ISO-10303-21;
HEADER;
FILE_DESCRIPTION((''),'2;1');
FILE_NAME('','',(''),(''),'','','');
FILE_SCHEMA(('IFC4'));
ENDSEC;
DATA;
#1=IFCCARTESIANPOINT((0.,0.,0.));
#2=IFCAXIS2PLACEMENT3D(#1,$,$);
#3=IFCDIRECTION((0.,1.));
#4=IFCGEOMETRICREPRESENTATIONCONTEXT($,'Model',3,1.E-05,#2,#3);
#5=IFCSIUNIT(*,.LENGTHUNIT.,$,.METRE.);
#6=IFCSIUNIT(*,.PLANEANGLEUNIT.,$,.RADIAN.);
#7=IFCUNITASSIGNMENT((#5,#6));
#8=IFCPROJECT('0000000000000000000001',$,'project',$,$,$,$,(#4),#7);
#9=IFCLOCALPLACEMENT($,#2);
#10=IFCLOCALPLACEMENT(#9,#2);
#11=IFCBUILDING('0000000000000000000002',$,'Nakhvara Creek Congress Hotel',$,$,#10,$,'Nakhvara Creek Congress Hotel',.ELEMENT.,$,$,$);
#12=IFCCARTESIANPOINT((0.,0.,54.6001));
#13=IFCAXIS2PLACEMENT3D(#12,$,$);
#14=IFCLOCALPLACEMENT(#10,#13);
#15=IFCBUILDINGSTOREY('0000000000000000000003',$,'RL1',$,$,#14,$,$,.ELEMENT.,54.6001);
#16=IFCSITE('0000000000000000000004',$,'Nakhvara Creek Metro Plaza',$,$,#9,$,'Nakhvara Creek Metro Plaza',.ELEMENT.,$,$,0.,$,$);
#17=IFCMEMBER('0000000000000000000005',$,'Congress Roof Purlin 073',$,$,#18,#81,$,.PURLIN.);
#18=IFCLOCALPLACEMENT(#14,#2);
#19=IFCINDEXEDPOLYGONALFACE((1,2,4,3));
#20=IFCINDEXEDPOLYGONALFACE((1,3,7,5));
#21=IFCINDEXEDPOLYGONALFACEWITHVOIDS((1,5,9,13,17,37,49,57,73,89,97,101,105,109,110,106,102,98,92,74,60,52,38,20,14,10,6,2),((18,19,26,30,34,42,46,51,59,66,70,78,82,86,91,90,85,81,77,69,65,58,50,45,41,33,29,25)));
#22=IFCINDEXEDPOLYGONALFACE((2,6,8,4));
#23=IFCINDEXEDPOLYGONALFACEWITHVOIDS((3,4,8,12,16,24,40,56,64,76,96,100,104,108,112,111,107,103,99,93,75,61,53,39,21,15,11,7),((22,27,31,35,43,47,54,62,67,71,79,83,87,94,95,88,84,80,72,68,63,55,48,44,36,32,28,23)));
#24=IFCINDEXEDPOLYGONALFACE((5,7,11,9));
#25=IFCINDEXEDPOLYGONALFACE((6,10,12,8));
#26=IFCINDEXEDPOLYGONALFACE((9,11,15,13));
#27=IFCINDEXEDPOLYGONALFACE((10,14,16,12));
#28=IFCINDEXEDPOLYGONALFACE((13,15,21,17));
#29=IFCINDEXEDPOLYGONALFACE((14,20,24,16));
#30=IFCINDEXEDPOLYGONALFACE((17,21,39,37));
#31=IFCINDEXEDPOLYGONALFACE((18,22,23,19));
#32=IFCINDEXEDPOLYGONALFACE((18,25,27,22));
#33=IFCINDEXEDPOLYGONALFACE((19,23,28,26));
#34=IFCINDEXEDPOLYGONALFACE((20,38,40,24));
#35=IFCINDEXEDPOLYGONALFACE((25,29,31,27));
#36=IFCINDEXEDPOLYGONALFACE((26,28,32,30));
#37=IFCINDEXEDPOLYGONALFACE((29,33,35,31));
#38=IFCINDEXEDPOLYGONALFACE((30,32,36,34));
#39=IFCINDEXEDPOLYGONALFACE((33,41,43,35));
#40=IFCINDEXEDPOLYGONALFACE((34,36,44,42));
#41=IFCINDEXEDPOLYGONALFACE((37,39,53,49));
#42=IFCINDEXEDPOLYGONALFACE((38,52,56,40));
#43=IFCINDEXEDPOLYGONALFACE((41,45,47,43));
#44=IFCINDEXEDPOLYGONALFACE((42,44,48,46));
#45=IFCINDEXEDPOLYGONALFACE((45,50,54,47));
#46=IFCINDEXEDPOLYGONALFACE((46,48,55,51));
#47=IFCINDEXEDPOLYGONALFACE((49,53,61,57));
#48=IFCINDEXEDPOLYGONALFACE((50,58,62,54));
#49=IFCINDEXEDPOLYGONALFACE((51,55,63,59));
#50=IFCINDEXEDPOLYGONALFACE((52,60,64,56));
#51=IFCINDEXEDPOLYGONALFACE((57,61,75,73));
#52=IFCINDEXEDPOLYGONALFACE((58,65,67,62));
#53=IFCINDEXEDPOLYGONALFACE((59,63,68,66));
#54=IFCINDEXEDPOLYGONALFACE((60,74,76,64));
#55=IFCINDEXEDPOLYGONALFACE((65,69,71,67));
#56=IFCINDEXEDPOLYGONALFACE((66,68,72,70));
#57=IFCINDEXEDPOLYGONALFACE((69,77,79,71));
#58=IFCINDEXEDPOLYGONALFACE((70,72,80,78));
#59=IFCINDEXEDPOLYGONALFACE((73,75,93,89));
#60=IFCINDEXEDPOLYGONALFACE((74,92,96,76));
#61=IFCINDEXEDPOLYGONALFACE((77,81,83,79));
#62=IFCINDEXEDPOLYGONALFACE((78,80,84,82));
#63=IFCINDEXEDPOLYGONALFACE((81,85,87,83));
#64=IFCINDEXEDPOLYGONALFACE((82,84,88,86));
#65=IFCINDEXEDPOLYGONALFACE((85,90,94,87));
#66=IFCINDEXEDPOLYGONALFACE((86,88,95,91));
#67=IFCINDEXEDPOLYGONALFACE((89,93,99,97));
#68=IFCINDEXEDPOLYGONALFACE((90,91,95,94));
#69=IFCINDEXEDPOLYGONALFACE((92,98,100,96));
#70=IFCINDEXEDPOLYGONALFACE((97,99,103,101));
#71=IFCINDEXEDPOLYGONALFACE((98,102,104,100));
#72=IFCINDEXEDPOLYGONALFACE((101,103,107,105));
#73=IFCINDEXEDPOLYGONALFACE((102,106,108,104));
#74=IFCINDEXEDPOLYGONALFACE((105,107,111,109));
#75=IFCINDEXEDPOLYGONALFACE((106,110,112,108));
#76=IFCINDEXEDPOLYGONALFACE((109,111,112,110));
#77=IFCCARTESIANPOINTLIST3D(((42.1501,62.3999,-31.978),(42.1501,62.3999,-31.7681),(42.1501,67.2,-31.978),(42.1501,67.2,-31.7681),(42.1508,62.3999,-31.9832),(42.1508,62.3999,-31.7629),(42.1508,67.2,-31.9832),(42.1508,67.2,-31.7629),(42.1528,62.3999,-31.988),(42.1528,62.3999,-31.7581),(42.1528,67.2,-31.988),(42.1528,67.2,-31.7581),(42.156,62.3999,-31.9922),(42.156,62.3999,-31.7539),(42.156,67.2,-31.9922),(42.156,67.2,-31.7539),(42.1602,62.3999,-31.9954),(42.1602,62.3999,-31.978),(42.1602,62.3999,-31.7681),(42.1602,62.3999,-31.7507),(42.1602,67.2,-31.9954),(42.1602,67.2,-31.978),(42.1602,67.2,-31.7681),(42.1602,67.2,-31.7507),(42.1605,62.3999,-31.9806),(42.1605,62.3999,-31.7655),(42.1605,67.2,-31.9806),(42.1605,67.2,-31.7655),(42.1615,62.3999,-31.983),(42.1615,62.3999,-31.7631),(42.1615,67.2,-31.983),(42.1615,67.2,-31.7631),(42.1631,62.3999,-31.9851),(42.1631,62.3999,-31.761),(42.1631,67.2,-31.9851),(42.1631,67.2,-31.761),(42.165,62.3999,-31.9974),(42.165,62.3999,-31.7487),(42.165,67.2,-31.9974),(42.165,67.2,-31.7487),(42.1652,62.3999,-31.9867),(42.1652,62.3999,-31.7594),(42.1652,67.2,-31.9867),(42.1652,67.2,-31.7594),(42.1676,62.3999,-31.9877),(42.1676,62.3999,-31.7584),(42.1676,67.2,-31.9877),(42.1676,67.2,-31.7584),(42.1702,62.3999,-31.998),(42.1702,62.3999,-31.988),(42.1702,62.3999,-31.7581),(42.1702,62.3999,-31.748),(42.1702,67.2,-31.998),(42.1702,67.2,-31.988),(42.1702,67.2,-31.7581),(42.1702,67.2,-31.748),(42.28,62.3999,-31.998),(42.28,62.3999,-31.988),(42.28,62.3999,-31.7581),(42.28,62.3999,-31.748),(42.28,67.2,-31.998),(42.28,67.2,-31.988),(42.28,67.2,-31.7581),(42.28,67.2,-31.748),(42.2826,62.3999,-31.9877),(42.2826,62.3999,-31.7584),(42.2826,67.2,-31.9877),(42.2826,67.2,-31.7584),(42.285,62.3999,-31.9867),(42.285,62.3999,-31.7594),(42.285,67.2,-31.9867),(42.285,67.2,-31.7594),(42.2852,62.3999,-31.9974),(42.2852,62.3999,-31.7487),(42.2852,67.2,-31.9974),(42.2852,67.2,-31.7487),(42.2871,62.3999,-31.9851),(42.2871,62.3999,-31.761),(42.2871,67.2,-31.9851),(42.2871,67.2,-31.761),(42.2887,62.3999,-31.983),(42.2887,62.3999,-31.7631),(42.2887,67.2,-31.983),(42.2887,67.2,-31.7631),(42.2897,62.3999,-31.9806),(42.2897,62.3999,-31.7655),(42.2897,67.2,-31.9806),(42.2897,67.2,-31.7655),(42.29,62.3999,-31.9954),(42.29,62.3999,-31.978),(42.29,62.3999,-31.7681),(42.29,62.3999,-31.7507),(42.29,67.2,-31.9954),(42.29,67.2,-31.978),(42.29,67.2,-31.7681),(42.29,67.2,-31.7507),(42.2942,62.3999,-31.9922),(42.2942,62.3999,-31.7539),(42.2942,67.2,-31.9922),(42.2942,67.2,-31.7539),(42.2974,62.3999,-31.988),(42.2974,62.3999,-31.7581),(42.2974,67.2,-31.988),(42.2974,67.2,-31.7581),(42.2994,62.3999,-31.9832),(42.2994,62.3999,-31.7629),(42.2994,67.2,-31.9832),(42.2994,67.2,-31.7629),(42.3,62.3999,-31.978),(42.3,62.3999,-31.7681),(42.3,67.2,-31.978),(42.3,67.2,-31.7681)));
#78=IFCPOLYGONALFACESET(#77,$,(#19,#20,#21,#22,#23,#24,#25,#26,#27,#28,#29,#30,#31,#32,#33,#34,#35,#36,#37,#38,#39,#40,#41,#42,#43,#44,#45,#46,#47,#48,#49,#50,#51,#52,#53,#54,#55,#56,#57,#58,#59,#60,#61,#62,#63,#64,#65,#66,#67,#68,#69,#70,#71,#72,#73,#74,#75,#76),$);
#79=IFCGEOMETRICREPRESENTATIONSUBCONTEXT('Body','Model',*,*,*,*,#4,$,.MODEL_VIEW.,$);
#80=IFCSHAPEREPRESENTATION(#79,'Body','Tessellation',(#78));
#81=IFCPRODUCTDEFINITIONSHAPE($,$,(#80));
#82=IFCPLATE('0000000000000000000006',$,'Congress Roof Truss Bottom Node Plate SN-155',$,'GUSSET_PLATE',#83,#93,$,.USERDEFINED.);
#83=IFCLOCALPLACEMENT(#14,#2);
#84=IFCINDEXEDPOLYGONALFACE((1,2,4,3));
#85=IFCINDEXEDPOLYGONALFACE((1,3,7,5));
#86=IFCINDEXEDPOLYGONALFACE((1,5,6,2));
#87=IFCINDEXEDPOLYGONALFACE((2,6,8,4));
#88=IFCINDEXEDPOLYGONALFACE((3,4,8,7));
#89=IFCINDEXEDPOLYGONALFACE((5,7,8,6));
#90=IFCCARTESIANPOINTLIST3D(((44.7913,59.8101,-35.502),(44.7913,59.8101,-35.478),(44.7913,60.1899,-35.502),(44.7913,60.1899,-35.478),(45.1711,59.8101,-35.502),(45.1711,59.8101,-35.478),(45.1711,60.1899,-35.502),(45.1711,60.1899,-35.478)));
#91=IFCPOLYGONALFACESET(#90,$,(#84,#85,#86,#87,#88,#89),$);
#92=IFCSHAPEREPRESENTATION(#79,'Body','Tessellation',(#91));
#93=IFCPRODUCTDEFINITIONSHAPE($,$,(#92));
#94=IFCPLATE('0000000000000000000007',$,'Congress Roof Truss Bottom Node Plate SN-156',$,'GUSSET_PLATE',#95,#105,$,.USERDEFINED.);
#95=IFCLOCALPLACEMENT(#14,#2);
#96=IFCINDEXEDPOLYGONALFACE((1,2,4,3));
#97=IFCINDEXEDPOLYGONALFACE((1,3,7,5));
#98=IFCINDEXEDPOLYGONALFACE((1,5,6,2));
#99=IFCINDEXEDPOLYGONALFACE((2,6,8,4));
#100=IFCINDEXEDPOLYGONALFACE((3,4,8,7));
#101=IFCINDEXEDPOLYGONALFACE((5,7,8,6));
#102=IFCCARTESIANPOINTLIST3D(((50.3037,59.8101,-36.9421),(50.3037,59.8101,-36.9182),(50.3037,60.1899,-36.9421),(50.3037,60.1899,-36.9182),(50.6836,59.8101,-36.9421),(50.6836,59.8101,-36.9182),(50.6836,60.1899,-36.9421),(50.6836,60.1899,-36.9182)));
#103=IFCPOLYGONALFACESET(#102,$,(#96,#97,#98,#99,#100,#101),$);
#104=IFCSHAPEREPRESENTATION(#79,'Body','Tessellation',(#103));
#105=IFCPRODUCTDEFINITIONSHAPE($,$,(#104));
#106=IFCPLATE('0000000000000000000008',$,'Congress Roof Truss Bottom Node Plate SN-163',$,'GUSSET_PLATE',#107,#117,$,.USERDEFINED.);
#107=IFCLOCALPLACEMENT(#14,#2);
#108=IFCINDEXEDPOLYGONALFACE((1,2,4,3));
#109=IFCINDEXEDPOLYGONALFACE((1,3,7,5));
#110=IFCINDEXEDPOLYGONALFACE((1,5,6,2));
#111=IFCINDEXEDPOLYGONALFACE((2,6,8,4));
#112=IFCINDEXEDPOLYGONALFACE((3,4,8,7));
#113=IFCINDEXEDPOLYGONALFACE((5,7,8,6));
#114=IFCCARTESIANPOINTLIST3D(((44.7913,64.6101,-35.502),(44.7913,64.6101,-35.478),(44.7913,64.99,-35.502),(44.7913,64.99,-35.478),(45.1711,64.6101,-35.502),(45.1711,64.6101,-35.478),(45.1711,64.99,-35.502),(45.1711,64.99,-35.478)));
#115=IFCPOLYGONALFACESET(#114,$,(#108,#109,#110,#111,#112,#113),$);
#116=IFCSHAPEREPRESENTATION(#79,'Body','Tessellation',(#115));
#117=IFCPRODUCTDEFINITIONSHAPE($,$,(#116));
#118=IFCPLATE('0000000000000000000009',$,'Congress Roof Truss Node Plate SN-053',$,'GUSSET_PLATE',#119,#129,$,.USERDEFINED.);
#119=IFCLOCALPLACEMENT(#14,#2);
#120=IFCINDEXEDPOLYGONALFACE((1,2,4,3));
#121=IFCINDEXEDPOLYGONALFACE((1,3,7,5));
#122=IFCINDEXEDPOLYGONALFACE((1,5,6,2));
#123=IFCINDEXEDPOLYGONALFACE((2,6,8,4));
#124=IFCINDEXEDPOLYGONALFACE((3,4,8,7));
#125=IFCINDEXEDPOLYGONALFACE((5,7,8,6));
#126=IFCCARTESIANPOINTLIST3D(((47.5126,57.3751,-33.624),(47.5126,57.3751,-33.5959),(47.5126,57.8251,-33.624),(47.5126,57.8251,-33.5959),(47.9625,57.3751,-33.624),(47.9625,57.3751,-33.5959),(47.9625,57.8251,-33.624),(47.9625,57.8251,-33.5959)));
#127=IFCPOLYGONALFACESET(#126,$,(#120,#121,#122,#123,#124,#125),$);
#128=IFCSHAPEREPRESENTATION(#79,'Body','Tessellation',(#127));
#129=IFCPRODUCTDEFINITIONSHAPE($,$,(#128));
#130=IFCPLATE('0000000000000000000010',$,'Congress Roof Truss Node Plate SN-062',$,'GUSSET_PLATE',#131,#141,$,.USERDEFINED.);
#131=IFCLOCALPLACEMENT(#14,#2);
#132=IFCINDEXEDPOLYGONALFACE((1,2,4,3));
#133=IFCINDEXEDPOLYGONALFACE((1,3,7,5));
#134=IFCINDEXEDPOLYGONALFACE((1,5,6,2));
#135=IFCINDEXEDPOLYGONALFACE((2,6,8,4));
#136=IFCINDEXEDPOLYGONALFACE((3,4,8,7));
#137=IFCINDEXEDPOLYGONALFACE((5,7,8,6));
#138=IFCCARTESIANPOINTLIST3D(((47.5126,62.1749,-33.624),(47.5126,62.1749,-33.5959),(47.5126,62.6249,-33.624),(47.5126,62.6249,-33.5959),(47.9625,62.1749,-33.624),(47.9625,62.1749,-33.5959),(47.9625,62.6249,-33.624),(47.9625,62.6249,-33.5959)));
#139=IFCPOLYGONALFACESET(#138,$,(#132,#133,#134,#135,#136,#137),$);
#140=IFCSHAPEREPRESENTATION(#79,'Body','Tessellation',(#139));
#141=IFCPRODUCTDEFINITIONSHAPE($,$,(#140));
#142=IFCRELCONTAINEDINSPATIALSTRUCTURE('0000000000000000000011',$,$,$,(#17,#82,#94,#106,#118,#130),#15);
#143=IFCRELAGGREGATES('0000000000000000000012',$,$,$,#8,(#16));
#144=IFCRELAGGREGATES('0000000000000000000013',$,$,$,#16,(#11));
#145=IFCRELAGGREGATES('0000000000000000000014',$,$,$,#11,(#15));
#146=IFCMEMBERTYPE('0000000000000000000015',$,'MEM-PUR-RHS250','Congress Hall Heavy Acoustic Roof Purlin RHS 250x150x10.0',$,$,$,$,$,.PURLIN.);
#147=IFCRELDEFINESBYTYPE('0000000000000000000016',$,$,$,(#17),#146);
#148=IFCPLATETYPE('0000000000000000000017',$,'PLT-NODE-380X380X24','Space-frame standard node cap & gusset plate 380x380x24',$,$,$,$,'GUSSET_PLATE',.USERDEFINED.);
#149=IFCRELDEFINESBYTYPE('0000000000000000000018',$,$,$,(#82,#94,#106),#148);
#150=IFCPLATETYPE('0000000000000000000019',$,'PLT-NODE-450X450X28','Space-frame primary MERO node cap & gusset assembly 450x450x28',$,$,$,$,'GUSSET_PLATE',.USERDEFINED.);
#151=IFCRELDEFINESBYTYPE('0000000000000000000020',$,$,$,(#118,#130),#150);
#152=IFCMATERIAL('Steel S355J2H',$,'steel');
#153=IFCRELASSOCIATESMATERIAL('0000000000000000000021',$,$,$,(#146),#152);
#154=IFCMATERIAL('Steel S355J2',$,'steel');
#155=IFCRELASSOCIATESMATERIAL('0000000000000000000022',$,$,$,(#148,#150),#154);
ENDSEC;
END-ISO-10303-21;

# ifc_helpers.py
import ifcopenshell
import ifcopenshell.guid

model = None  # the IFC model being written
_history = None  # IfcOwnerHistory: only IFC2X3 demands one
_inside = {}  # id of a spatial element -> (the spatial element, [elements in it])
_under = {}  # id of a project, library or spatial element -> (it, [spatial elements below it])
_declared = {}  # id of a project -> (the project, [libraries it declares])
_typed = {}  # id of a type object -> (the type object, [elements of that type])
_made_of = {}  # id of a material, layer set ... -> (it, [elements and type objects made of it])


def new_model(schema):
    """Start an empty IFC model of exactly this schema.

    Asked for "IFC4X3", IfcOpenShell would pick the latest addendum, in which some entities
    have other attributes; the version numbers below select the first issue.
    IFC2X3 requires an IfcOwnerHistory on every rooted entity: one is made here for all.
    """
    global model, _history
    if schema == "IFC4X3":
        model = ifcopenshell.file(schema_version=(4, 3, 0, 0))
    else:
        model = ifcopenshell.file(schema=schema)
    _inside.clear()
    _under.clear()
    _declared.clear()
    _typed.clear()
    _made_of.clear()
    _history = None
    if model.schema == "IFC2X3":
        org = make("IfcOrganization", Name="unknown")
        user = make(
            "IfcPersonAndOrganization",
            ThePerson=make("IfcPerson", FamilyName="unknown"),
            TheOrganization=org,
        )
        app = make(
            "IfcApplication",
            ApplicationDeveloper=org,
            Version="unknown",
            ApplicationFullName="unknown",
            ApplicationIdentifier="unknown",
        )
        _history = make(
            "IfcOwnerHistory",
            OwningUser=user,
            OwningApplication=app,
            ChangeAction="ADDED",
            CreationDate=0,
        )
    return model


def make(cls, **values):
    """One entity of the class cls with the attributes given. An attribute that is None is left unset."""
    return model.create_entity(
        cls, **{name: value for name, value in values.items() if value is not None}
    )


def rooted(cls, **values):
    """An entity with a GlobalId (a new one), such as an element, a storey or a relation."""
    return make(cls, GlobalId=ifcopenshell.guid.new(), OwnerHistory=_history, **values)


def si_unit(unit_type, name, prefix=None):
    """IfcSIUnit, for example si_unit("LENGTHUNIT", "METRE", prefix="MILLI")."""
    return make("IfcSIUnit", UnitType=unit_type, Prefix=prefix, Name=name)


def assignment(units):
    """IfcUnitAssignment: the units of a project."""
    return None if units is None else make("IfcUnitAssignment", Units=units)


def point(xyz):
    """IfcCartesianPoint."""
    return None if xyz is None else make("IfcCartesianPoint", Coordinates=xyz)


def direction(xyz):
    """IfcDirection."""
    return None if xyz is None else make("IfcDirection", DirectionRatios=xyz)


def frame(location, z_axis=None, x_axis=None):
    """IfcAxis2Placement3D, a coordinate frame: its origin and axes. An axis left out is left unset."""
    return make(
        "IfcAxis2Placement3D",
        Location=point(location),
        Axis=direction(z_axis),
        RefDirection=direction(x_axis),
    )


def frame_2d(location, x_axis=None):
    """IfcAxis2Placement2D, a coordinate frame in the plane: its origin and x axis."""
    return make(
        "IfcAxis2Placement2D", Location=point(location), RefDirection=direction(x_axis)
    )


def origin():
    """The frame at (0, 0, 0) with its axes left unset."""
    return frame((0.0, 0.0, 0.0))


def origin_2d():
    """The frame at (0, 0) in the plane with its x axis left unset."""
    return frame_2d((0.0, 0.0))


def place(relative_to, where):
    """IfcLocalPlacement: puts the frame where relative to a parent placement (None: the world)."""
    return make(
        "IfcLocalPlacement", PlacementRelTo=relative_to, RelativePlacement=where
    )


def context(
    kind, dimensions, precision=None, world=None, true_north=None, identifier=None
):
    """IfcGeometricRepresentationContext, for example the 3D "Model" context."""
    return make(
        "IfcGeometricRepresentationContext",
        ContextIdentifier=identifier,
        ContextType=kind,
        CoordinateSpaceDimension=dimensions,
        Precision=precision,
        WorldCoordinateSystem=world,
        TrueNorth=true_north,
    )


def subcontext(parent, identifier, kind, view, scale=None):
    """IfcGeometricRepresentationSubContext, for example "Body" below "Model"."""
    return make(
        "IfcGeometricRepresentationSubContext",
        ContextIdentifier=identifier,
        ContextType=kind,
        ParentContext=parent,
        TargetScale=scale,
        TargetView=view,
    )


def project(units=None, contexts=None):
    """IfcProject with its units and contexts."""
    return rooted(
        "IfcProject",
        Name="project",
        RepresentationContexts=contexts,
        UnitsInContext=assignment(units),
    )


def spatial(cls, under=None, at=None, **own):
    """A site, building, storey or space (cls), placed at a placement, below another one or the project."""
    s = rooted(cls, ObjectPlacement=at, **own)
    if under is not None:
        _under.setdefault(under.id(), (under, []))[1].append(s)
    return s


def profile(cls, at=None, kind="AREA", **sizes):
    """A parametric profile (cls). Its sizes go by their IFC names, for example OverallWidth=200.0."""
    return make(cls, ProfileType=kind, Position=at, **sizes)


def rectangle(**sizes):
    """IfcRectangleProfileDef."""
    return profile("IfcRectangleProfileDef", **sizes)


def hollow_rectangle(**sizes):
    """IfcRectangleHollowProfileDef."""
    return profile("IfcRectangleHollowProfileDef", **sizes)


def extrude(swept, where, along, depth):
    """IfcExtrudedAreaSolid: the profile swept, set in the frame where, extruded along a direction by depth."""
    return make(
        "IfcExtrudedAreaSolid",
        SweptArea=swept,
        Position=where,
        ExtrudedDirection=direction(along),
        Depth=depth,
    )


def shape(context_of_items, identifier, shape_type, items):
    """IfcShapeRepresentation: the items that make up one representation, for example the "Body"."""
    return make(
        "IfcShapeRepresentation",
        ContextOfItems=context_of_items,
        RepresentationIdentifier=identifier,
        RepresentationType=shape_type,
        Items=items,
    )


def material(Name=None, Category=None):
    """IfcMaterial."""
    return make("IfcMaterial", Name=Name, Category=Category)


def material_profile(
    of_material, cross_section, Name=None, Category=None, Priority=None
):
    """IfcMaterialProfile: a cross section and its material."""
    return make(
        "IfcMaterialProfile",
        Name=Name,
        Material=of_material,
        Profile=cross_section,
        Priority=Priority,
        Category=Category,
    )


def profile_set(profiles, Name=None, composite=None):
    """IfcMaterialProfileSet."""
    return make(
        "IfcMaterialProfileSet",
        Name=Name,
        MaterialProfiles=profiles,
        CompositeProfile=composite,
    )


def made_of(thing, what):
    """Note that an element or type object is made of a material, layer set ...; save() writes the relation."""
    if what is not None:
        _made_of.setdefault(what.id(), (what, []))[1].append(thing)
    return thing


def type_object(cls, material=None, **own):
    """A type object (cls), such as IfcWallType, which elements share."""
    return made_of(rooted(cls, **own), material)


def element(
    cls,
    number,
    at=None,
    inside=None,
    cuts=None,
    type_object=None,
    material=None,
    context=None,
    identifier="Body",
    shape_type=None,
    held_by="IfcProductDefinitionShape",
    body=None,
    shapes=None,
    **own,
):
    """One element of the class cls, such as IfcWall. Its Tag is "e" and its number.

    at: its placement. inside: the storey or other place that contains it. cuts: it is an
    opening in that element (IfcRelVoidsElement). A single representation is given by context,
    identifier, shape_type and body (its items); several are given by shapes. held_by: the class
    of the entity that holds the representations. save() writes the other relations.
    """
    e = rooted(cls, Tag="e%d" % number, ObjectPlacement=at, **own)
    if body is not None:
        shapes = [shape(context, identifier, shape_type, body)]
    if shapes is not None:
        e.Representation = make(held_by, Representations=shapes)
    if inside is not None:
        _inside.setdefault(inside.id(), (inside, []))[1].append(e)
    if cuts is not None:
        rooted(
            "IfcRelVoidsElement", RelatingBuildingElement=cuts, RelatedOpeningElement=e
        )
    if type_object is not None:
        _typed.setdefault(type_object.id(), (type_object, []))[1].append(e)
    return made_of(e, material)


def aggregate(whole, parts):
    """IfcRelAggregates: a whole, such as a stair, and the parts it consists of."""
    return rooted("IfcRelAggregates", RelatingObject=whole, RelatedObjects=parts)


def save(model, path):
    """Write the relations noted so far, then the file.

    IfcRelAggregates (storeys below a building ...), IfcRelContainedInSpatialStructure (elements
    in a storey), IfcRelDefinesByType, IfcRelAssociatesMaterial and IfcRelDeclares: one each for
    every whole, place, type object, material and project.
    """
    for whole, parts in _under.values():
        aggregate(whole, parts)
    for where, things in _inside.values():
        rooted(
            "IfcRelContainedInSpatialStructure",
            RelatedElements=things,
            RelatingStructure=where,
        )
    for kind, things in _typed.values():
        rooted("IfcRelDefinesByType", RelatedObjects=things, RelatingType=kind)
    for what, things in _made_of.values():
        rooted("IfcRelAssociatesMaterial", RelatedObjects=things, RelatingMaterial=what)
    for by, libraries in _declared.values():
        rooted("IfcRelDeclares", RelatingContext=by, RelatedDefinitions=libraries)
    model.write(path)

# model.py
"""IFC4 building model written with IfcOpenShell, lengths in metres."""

from ifc_helpers import new_model, si_unit, direction, frame, origin, origin_2d, place, context, subcontext, project, spatial, rectangle, hollow_rectangle, extrude, material, material_profile, profile_set, type_object, element, save


model = new_model("IFC4")

# Units and contexts
model_context = context("Model", 3, precision=1e-05, world=origin(), true_north=direction((0.0, 1.0)))
body_context = subcontext(model_context, "Body", "Model", "MODEL_VIEW")
ifc_project = project(units=[si_unit("LENGTHUNIT", "METRE"), si_unit("PLANEANGLEUNIT", "RADIAN")], contexts=[model_context])

# Site, building, storey
site_placement = place(None, origin())
site = spatial("IfcSite", under=ifc_project, at=site_placement, Name="Nakhvara Creek Metro Plaza", LongName="Nakhvara Creek Metro Plaza", CompositionType="ELEMENT", RefElevation=0.0)
building_placement = place(site_placement, origin())
building = spatial("IfcBuilding", under=site, at=building_placement, Name="Nakhvara Creek Congress Hotel", LongName="Nakhvara Creek Congress Hotel", CompositionType="ELEMENT")
storey_placement = place(building_placement, frame((0.0, 0.0, 54.6001)))
storey = spatial("IfcBuildingStorey", under=building, at=storey_placement, Name="RL1", CompositionType="ELEMENT", Elevation=54.6001)

# Member
ifc_material_1 = material(Name="Steel S355J2H", Category="steel")
ifc_material_profile_1 = material_profile(ifc_material_1, hollow_rectangle(XDim=0.1499, YDim=0.25, WallThickness=0.01, InnerFilletRadius=0.01, OuterFilletRadius=0.02, at=origin_2d()), Name="RHS 250x150x10.0", Category="LoadBearing")
ifc_profile_set_1 = profile_set([ifc_material_profile_1], Name="Steel S355J2H")
member_type_1 = type_object("IfcMemberType", Name="MEM-PUR-RHS250", Description="Congress Hall Heavy Acoustic Roof Purlin RHS 250x150x10.0", PredefinedType="PURLIN", material=ifc_profile_set_1)
member_1_placement = place(storey_placement, frame((42.2251, 62.3999, -31.873), z_axis=(0.0, 1.0, 0.0), x_axis=(-1.0, 0.0, 0.0)))
element("IfcMember", 1, at=member_1_placement, inside=storey, type_object=member_type_1, Name="Congress Roof Purlin 073", PredefinedType="PURLIN", context=body_context, shape_type="SweptSolid", body=[
    extrude(hollow_rectangle(XDim=0.1499, YDim=0.25, WallThickness=0.01, InnerFilletRadius=0.01, OuterFilletRadius=0.02, at=origin_2d()), origin(), (0.0, 0.0, 1.0), 4.8),
])

# Plates
ifc_material_2 = material(Name="Steel S355J2", Category="steel")
plate_type_1 = type_object("IfcPlateType", Name="PLT-NODE-380X380X24", Description="Space-frame standard node cap & gusset plate 380x380x24", ElementType="GUSSET_PLATE", PredefinedType="USERDEFINED", material=ifc_material_2)
for number, where, z_axis, x_axis, name in (
    (2, (44.9812, 60.0, -35.502), (0.0, 0.0, 1.0), (1.0, 0.0, 0.0), "Congress Roof Truss Bottom Node Plate SN-155"),
    (3, (50.4937, 60.0, -36.9421), (0.0, 0.0, 1.0), (1.0, 0.0, 0.0), "Congress Roof Truss Bottom Node Plate SN-156"),
    (4, (44.9812, 64.8, -35.502), (0.0, 0.0, 1.0), (1.0, 0.0, 0.0), "Congress Roof Truss Bottom Node Plate SN-163"),
):
    element("IfcPlate", number, at=place(storey_placement, frame(where, z_axis=z_axis, x_axis=x_axis)), inside=storey, type_object=plate_type_1, Name=name, ObjectType="GUSSET_PLATE", PredefinedType="USERDEFINED", context=body_context, shape_type="SweptSolid", body=[
        extrude(rectangle(XDim=0.3799, YDim=0.3799, at=origin_2d()), origin(), (0.0, 0.0, 1.0), 0.0239),
    ])
plate_type_2 = type_object("IfcPlateType", Name="PLT-NODE-450X450X28", Description="Space-frame primary MERO node cap & gusset assembly 450x450x28", ElementType="GUSSET_PLATE", PredefinedType="USERDEFINED", material=ifc_material_2)
for number, where, z_axis, x_axis, name in (
    (5, (47.7375, 57.6001, -33.624), (0.0, 0.0, 1.0), (1.0, 0.0, 0.0), "Congress Roof Truss Node Plate SN-053"),
    (6, (47.7375, 62.3999, -33.624), (0.0, 0.0, 1.0), (1.0, 0.0, 0.0), "Congress Roof Truss Node Plate SN-062"),
):
    element("IfcPlate", number, at=place(storey_placement, frame(where, z_axis=z_axis, x_axis=x_axis)), inside=storey, type_object=plate_type_2, Name=name, ObjectType="GUSSET_PLATE", PredefinedType="USERDEFINED", context=body_context, shape_type="SweptSolid", body=[
        extrude(rectangle(XDim=0.45, YDim=0.45, at=origin_2d()), origin(), (0.0, 0.0, 1.0), 0.0281),
    ])

save(model, "model.ifc")
